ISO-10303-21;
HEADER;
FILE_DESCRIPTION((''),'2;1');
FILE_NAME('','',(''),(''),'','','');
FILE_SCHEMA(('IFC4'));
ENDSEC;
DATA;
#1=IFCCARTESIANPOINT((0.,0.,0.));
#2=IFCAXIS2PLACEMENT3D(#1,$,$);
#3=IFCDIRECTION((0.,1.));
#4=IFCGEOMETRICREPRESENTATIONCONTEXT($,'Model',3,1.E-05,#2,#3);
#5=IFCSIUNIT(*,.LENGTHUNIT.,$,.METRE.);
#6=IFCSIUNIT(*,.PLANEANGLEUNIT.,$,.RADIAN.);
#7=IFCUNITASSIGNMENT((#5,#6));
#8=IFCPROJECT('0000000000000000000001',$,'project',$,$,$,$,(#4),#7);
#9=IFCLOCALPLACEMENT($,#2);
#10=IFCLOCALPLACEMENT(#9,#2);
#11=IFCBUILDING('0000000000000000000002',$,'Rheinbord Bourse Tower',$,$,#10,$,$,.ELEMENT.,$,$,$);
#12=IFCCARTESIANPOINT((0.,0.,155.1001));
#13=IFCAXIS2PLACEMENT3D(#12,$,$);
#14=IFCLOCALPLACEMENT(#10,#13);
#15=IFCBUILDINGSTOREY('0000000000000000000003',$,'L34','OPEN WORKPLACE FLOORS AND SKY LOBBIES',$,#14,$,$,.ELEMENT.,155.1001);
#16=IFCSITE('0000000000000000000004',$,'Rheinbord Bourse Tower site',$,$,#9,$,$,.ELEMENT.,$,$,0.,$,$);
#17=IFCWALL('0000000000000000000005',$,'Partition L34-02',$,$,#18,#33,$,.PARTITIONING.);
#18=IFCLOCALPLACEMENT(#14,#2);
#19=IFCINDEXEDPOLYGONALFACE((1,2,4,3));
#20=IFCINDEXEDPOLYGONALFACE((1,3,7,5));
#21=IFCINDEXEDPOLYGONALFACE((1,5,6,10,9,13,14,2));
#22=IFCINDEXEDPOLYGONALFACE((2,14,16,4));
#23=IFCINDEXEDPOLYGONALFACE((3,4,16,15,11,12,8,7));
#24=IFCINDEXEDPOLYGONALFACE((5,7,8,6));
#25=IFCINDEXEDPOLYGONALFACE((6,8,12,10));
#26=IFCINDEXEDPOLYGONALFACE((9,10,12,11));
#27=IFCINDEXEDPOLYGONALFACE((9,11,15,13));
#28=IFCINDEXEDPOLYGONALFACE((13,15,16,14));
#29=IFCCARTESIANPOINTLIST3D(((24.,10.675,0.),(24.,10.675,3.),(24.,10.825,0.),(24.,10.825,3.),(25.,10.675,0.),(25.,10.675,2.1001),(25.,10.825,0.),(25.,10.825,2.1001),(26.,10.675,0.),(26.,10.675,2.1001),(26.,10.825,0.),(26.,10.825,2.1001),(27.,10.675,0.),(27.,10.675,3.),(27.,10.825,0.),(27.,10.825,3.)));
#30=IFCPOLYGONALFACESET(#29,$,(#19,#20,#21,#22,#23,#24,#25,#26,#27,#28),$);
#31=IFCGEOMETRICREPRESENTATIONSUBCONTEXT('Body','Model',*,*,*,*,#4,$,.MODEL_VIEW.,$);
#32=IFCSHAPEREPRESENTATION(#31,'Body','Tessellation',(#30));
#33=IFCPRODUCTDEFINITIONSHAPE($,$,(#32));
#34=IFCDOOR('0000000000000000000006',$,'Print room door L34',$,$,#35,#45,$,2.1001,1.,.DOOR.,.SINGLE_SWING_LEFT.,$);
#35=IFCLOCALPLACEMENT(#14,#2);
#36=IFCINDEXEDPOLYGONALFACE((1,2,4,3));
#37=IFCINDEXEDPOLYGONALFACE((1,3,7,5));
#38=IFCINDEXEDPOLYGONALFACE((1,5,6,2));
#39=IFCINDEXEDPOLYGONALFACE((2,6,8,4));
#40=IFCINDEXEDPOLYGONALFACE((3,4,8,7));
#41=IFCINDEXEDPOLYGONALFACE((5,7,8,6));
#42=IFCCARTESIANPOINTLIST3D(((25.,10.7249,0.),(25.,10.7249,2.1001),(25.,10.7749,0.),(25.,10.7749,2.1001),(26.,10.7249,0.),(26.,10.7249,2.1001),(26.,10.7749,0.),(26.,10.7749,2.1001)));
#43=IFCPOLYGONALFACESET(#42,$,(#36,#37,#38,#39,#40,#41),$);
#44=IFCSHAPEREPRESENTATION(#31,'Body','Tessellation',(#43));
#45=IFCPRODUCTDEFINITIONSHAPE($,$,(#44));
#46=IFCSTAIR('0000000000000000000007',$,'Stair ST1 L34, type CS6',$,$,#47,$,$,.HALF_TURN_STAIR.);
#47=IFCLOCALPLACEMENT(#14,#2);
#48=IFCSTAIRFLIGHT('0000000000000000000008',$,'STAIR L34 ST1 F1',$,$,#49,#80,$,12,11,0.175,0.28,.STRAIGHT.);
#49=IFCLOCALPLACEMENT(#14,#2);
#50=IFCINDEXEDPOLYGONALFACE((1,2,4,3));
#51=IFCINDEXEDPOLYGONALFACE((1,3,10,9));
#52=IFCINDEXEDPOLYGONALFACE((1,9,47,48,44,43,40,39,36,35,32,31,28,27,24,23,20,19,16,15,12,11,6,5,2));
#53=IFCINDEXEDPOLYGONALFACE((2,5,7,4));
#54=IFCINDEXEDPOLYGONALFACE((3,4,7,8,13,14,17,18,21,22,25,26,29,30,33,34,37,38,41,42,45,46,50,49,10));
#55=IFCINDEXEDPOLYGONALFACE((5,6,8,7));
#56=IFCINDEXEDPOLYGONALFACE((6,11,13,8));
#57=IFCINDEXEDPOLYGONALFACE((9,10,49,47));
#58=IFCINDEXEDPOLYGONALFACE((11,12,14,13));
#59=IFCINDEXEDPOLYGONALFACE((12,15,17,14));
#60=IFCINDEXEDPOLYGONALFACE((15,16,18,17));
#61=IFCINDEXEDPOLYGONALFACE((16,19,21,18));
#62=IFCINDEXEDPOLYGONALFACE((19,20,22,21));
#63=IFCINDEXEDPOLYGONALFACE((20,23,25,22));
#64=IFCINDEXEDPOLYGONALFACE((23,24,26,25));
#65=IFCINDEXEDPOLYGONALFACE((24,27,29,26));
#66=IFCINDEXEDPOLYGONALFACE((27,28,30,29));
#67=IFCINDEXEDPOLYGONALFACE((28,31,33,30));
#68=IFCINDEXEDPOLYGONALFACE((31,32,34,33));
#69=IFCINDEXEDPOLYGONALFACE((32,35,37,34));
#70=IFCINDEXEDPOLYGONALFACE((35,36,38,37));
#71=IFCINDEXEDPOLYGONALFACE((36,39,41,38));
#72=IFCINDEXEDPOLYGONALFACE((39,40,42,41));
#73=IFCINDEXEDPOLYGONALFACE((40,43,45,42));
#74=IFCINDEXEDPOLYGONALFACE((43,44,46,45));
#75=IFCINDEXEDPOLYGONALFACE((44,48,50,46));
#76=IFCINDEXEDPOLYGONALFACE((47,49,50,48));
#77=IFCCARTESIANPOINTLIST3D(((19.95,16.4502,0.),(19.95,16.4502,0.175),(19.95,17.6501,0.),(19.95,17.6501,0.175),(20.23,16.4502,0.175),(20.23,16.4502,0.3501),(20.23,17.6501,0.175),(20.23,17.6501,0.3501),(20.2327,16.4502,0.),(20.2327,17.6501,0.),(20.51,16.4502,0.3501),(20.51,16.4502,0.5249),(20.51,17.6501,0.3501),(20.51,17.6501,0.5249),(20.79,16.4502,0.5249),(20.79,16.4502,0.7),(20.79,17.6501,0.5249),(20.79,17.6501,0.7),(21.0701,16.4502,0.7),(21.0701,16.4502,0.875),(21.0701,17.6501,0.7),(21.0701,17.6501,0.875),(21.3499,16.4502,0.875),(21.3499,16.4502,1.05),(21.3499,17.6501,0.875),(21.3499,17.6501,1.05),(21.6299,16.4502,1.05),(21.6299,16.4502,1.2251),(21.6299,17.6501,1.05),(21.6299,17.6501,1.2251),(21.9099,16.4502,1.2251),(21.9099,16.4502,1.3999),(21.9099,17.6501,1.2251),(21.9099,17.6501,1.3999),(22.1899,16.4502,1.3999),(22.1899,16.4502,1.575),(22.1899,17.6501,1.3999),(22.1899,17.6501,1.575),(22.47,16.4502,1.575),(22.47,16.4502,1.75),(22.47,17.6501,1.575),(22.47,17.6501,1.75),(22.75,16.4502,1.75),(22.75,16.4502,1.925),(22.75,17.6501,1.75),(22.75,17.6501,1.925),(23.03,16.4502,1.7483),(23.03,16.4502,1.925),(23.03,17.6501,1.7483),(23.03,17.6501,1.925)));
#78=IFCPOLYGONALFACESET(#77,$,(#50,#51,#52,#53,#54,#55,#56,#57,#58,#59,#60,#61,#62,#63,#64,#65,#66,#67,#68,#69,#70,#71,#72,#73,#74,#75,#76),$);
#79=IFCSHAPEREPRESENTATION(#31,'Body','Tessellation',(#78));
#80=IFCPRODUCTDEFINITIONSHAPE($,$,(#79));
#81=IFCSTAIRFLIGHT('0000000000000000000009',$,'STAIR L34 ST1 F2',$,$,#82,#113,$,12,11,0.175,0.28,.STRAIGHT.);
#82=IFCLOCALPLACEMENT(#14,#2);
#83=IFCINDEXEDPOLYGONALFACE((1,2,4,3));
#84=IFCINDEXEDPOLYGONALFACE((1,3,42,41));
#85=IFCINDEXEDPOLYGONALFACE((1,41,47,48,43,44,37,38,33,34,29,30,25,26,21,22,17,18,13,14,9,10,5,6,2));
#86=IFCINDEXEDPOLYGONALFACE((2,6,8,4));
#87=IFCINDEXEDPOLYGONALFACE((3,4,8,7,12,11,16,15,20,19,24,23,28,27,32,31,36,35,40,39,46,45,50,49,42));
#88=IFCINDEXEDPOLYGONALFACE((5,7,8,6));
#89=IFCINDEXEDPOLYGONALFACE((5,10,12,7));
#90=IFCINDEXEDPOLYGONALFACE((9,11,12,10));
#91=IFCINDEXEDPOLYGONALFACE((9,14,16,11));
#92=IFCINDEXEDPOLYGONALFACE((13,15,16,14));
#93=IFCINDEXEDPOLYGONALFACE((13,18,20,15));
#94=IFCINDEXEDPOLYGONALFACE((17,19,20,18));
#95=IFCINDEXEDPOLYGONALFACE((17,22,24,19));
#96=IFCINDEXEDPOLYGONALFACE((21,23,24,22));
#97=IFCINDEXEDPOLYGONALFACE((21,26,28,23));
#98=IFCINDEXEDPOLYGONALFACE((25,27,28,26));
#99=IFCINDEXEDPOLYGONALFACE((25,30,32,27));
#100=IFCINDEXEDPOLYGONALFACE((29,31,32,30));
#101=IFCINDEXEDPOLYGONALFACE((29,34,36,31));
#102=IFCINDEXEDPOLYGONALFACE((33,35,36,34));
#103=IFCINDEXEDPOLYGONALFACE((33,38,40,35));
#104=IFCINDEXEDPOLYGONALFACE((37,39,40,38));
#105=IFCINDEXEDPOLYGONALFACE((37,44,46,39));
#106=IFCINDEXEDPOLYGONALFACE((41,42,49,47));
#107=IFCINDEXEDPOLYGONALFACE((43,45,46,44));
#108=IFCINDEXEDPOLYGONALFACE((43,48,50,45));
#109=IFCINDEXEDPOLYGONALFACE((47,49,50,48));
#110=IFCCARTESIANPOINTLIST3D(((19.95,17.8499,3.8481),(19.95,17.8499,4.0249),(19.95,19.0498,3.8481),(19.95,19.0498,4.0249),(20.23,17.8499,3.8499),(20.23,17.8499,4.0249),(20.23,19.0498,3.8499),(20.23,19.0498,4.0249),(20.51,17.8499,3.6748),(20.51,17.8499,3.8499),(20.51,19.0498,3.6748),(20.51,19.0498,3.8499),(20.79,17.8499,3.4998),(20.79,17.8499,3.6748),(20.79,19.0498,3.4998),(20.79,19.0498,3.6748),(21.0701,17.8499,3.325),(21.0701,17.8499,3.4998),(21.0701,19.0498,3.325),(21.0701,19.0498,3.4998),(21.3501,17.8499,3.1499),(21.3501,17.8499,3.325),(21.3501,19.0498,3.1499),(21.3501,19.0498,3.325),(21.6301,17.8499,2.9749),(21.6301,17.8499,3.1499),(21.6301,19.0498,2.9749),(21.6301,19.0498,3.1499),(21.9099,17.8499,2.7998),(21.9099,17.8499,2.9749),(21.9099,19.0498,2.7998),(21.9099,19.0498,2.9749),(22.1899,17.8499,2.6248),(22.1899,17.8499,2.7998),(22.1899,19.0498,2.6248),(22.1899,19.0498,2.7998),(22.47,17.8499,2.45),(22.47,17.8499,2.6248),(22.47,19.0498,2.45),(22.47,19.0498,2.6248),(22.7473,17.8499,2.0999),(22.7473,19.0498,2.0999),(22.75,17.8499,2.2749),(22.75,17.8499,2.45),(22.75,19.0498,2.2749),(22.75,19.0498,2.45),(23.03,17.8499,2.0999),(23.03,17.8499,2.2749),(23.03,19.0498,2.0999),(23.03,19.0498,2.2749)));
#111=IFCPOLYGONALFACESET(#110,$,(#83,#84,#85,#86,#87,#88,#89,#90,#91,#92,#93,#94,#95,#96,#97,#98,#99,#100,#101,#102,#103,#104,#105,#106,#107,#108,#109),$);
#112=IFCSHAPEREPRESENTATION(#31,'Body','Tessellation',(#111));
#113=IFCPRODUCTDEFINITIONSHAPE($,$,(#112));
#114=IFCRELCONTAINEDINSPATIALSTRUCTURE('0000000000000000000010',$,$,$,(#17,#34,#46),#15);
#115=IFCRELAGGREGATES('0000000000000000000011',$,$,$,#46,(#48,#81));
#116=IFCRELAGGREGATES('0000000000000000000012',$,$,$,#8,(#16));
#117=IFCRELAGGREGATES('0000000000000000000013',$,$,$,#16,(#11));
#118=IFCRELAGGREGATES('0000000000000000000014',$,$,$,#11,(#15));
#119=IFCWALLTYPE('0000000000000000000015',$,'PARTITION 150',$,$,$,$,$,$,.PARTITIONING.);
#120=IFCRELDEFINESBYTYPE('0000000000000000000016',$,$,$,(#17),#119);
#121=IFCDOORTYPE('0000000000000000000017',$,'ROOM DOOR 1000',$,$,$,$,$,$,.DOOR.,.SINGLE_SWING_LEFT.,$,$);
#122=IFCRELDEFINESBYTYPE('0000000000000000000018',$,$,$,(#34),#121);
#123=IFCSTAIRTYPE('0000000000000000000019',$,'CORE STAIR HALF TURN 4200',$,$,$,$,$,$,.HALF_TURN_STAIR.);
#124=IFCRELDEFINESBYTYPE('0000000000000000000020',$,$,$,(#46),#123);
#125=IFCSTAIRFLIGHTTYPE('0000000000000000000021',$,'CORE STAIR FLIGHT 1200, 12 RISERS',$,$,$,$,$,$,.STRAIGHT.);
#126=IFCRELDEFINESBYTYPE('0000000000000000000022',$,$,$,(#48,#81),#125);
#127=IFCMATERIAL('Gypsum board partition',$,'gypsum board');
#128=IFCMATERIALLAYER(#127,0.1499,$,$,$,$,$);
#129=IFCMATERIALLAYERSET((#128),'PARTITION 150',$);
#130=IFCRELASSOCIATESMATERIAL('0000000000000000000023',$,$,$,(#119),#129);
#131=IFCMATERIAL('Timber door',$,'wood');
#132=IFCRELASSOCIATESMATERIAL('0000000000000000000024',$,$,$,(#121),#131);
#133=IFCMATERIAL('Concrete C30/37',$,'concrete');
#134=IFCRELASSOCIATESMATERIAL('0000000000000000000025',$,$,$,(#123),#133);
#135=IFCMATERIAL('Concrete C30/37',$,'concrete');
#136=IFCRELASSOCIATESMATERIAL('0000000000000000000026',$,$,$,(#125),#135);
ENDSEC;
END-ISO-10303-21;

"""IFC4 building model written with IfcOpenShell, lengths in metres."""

from ifc_helpers import new_model, si_unit, direction, frame, frame_2d, origin, place, context, subcontext, project, spatial, polyline, rectangle, outline, extrude, material, layer, layer_set, type_object, element, fill, aggregate, save


model = new_model("IFC4")

# Units and contexts
model_context = context("Model", 3, precision=1e-05, world=origin(), true_north=direction((0.0, 1.0)))
body_context = subcontext(model_context, "Body", "Model", "MODEL_VIEW")
ifc_project = project(units=[si_unit("LENGTHUNIT", "METRE"), si_unit("PLANEANGLEUNIT", "RADIAN")], contexts=[model_context])

# Site, building, storey
site_placement = place(None, origin())
site = spatial("IfcSite", under=ifc_project, at=site_placement, Name="Rheinbord Bourse Tower site", CompositionType="ELEMENT", RefElevation=0.0)
building_placement = place(site_placement, origin())
building = spatial("IfcBuilding", under=site, at=building_placement, Name="Rheinbord Bourse Tower", CompositionType="ELEMENT")
storey_placement = place(building_placement, frame((0.0, 0.0, 155.1001)))
storey = spatial("IfcBuildingStorey", under=building, at=storey_placement, Name="L34", Description="OPEN WORKPLACE FLOORS AND SKY LOBBIES", CompositionType="ELEMENT", Elevation=155.1001)

# Wall, opening, door
ifc_material_1 = material(Name="Gypsum board partition", Category="gypsum board")
ifc_layer_1 = layer(ifc_material_1, 0.1499)
ifc_layer_set_1 = layer_set([ifc_layer_1], Name="PARTITION 150")
wall_type_1 = type_object("IfcWallType", Name="PARTITION 150", PredefinedType="PARTITIONING", material=ifc_layer_set_1)
wall_1_placement = place(storey_placement, frame((24.0, 10.75, 0.0), z_axis=(0.0, 0.0, 1.0), x_axis=(1.0, 0.0, 0.0)))
wall_1 = element("IfcWall", 1, at=wall_1_placement, inside=storey, type_object=wall_type_1, Name="Partition L34-02", PredefinedType="PARTITIONING", context=body_context, shape_type="SweptSolid", body=[
    extrude(rectangle(XDim=3.0, YDim=0.1499, at=frame_2d((1.5, 0.0))), origin(), (0.0, 0.0, 1.0), 3.0),
])
opening_1_placement = place(wall_1_placement, frame((1.0, 0.0, 0.0)))
opening_1 = element("IfcOpeningElement", 2, at=opening_1_placement, cuts=wall_1, PredefinedType="OPENING", context=body_context, shape_type="SweptSolid", body=[
    extrude(rectangle(XDim=1.0, YDim=2.1001, at=frame_2d((0.5, 1.05))), frame((0.0, 0.085, 0.0), z_axis=(0.0, -1.0, 0.0), x_axis=(1.0, 0.0, 0.0)), (0.0, 0.0, 1.0), 0.1699),
])
ifc_material_2 = material(Name="Timber door", Category="wood")
door_type_1 = type_object("IfcDoorType", Name="ROOM DOOR 1000", OperationType="SINGLE_SWING_LEFT", PredefinedType="DOOR", material=ifc_material_2)
door_1_placement = place(opening_1_placement, origin())
door_1 = element("IfcDoor", 3, at=door_1_placement, inside=storey, type_object=door_type_1, Name="Print room door L34", OperationType="SINGLE_SWING_LEFT", OverallHeight=2.1001, OverallWidth=1.0, PredefinedType="DOOR", context=body_context, shape_type="SweptSolid", body=[
    extrude(rectangle(XDim=1.0, YDim=2.1001, at=frame_2d((0.5, 1.05))), frame((0.0, 0.0249, 0.0), z_axis=(0.0, -1.0, 0.0), x_axis=(1.0, 0.0, 0.0)), (0.0, 0.0, 1.0), 0.05),
])
fill(opening_1, door_1)

# Stair, stair flights
ifc_material_3 = material(Name="Concrete C30/37", Category="concrete")
stair_type = type_object("IfcStairType", Name="CORE STAIR HALF TURN 4200", PredefinedType="HALF_TURN_STAIR", material=ifc_material_3)
stair_placement = place(storey_placement, origin())
stair = element("IfcStair", 4, at=stair_placement, inside=storey, type_object=stair_type, Name="Stair ST1 L34, type CS6", PredefinedType="HALF_TURN_STAIR")
ifc_material_4 = material(Name="Concrete C30/37", Category="concrete")
stair_flight_type = type_object("IfcStairFlightType", Name="CORE STAIR FLIGHT 1200, 12 RISERS", PredefinedType="STRAIGHT", material=ifc_material_4)
stair_flight_1_placement = place(storey_placement, frame((19.95, 17.05, 0.0), z_axis=(0.0, 0.0, 1.0), x_axis=(1.0, 0.0, 0.0)))
stair_flight_1 = element("IfcStairFlight", 5, at=stair_flight_1_placement, type_object=stair_flight_type, Name="STAIR L34 ST1 F1", NumberOfRisers=12, NumberOfTreads=11, PredefinedType="STRAIGHT", RiserHeight=0.175, TreadLength=0.28, context=body_context, shape_type="SweptSolid", body=[
    extrude(outline(polyline([(0.0, 0.0), (0.0, 0.175), (0.28, 0.175), (0.28, 0.3501), (0.5601, 0.3501), (0.5601, 0.5249), (0.8401, 0.5249), (0.8401, 0.7), (1.1201, 0.7), (1.1201, 0.875), (1.3999, 0.875), (1.3999, 1.05), (1.6799, 1.05), (1.6799, 1.2251), (1.96, 1.2251), (1.96, 1.3999), (2.24, 1.3999), (2.24, 1.575), (2.52, 1.575), (2.52, 1.75), (2.8, 1.75), (2.8, 1.925), (3.0801, 1.925), (3.0801, 2.1001), (3.0801, 1.7483), (0.2827, 0.0), (0.0, 0.0)])), frame((0.0, 0.6001, 0.0), z_axis=(0.0, -1.0, 0.0), x_axis=(1.0, 0.0, 0.0)), (0.0, 0.0, 1.0), 1.2),
])
stair_flight_2_placement = place(storey_placement, frame((23.03, 18.45, 2.0999), z_axis=(0.0, 0.0, 1.0), x_axis=(-1.0, 0.0, 0.0)))
stair_flight_2 = element("IfcStairFlight", 6, at=stair_flight_2_placement, type_object=stair_flight_type, Name="STAIR L34 ST1 F2", NumberOfRisers=12, NumberOfTreads=11, PredefinedType="STRAIGHT", RiserHeight=0.175, TreadLength=0.28, context=body_context, shape_type="SweptSolid", body=[
    extrude(outline(polyline([(0.0, 0.0), (0.0, 0.175), (0.28, 0.175), (0.28, 0.3501), (0.5601, 0.3501), (0.5601, 0.5249), (0.8401, 0.5249), (0.8401, 0.7), (1.1201, 0.7), (1.1201, 0.875), (1.3999, 0.875), (1.3999, 1.05), (1.6799, 1.05), (1.6799, 1.2251), (1.96, 1.2251), (1.96, 1.3999), (2.24, 1.3999), (2.24, 1.575), (2.52, 1.575), (2.52, 1.75), (2.8, 1.75), (2.8, 1.925), (3.0801, 1.925), (3.0801, 2.1001), (3.0801, 1.7483), (0.2827, 0.0), (0.0, 0.0)])), frame((0.0, 0.6001, 0.0), z_axis=(0.0, -1.0, 0.0), x_axis=(1.0, 0.0, 0.0)), (0.0, 0.0, 1.0), 1.2),
])
aggregate(stair, [stair_flight_1, stair_flight_2])

save(model, "model.ifc")
